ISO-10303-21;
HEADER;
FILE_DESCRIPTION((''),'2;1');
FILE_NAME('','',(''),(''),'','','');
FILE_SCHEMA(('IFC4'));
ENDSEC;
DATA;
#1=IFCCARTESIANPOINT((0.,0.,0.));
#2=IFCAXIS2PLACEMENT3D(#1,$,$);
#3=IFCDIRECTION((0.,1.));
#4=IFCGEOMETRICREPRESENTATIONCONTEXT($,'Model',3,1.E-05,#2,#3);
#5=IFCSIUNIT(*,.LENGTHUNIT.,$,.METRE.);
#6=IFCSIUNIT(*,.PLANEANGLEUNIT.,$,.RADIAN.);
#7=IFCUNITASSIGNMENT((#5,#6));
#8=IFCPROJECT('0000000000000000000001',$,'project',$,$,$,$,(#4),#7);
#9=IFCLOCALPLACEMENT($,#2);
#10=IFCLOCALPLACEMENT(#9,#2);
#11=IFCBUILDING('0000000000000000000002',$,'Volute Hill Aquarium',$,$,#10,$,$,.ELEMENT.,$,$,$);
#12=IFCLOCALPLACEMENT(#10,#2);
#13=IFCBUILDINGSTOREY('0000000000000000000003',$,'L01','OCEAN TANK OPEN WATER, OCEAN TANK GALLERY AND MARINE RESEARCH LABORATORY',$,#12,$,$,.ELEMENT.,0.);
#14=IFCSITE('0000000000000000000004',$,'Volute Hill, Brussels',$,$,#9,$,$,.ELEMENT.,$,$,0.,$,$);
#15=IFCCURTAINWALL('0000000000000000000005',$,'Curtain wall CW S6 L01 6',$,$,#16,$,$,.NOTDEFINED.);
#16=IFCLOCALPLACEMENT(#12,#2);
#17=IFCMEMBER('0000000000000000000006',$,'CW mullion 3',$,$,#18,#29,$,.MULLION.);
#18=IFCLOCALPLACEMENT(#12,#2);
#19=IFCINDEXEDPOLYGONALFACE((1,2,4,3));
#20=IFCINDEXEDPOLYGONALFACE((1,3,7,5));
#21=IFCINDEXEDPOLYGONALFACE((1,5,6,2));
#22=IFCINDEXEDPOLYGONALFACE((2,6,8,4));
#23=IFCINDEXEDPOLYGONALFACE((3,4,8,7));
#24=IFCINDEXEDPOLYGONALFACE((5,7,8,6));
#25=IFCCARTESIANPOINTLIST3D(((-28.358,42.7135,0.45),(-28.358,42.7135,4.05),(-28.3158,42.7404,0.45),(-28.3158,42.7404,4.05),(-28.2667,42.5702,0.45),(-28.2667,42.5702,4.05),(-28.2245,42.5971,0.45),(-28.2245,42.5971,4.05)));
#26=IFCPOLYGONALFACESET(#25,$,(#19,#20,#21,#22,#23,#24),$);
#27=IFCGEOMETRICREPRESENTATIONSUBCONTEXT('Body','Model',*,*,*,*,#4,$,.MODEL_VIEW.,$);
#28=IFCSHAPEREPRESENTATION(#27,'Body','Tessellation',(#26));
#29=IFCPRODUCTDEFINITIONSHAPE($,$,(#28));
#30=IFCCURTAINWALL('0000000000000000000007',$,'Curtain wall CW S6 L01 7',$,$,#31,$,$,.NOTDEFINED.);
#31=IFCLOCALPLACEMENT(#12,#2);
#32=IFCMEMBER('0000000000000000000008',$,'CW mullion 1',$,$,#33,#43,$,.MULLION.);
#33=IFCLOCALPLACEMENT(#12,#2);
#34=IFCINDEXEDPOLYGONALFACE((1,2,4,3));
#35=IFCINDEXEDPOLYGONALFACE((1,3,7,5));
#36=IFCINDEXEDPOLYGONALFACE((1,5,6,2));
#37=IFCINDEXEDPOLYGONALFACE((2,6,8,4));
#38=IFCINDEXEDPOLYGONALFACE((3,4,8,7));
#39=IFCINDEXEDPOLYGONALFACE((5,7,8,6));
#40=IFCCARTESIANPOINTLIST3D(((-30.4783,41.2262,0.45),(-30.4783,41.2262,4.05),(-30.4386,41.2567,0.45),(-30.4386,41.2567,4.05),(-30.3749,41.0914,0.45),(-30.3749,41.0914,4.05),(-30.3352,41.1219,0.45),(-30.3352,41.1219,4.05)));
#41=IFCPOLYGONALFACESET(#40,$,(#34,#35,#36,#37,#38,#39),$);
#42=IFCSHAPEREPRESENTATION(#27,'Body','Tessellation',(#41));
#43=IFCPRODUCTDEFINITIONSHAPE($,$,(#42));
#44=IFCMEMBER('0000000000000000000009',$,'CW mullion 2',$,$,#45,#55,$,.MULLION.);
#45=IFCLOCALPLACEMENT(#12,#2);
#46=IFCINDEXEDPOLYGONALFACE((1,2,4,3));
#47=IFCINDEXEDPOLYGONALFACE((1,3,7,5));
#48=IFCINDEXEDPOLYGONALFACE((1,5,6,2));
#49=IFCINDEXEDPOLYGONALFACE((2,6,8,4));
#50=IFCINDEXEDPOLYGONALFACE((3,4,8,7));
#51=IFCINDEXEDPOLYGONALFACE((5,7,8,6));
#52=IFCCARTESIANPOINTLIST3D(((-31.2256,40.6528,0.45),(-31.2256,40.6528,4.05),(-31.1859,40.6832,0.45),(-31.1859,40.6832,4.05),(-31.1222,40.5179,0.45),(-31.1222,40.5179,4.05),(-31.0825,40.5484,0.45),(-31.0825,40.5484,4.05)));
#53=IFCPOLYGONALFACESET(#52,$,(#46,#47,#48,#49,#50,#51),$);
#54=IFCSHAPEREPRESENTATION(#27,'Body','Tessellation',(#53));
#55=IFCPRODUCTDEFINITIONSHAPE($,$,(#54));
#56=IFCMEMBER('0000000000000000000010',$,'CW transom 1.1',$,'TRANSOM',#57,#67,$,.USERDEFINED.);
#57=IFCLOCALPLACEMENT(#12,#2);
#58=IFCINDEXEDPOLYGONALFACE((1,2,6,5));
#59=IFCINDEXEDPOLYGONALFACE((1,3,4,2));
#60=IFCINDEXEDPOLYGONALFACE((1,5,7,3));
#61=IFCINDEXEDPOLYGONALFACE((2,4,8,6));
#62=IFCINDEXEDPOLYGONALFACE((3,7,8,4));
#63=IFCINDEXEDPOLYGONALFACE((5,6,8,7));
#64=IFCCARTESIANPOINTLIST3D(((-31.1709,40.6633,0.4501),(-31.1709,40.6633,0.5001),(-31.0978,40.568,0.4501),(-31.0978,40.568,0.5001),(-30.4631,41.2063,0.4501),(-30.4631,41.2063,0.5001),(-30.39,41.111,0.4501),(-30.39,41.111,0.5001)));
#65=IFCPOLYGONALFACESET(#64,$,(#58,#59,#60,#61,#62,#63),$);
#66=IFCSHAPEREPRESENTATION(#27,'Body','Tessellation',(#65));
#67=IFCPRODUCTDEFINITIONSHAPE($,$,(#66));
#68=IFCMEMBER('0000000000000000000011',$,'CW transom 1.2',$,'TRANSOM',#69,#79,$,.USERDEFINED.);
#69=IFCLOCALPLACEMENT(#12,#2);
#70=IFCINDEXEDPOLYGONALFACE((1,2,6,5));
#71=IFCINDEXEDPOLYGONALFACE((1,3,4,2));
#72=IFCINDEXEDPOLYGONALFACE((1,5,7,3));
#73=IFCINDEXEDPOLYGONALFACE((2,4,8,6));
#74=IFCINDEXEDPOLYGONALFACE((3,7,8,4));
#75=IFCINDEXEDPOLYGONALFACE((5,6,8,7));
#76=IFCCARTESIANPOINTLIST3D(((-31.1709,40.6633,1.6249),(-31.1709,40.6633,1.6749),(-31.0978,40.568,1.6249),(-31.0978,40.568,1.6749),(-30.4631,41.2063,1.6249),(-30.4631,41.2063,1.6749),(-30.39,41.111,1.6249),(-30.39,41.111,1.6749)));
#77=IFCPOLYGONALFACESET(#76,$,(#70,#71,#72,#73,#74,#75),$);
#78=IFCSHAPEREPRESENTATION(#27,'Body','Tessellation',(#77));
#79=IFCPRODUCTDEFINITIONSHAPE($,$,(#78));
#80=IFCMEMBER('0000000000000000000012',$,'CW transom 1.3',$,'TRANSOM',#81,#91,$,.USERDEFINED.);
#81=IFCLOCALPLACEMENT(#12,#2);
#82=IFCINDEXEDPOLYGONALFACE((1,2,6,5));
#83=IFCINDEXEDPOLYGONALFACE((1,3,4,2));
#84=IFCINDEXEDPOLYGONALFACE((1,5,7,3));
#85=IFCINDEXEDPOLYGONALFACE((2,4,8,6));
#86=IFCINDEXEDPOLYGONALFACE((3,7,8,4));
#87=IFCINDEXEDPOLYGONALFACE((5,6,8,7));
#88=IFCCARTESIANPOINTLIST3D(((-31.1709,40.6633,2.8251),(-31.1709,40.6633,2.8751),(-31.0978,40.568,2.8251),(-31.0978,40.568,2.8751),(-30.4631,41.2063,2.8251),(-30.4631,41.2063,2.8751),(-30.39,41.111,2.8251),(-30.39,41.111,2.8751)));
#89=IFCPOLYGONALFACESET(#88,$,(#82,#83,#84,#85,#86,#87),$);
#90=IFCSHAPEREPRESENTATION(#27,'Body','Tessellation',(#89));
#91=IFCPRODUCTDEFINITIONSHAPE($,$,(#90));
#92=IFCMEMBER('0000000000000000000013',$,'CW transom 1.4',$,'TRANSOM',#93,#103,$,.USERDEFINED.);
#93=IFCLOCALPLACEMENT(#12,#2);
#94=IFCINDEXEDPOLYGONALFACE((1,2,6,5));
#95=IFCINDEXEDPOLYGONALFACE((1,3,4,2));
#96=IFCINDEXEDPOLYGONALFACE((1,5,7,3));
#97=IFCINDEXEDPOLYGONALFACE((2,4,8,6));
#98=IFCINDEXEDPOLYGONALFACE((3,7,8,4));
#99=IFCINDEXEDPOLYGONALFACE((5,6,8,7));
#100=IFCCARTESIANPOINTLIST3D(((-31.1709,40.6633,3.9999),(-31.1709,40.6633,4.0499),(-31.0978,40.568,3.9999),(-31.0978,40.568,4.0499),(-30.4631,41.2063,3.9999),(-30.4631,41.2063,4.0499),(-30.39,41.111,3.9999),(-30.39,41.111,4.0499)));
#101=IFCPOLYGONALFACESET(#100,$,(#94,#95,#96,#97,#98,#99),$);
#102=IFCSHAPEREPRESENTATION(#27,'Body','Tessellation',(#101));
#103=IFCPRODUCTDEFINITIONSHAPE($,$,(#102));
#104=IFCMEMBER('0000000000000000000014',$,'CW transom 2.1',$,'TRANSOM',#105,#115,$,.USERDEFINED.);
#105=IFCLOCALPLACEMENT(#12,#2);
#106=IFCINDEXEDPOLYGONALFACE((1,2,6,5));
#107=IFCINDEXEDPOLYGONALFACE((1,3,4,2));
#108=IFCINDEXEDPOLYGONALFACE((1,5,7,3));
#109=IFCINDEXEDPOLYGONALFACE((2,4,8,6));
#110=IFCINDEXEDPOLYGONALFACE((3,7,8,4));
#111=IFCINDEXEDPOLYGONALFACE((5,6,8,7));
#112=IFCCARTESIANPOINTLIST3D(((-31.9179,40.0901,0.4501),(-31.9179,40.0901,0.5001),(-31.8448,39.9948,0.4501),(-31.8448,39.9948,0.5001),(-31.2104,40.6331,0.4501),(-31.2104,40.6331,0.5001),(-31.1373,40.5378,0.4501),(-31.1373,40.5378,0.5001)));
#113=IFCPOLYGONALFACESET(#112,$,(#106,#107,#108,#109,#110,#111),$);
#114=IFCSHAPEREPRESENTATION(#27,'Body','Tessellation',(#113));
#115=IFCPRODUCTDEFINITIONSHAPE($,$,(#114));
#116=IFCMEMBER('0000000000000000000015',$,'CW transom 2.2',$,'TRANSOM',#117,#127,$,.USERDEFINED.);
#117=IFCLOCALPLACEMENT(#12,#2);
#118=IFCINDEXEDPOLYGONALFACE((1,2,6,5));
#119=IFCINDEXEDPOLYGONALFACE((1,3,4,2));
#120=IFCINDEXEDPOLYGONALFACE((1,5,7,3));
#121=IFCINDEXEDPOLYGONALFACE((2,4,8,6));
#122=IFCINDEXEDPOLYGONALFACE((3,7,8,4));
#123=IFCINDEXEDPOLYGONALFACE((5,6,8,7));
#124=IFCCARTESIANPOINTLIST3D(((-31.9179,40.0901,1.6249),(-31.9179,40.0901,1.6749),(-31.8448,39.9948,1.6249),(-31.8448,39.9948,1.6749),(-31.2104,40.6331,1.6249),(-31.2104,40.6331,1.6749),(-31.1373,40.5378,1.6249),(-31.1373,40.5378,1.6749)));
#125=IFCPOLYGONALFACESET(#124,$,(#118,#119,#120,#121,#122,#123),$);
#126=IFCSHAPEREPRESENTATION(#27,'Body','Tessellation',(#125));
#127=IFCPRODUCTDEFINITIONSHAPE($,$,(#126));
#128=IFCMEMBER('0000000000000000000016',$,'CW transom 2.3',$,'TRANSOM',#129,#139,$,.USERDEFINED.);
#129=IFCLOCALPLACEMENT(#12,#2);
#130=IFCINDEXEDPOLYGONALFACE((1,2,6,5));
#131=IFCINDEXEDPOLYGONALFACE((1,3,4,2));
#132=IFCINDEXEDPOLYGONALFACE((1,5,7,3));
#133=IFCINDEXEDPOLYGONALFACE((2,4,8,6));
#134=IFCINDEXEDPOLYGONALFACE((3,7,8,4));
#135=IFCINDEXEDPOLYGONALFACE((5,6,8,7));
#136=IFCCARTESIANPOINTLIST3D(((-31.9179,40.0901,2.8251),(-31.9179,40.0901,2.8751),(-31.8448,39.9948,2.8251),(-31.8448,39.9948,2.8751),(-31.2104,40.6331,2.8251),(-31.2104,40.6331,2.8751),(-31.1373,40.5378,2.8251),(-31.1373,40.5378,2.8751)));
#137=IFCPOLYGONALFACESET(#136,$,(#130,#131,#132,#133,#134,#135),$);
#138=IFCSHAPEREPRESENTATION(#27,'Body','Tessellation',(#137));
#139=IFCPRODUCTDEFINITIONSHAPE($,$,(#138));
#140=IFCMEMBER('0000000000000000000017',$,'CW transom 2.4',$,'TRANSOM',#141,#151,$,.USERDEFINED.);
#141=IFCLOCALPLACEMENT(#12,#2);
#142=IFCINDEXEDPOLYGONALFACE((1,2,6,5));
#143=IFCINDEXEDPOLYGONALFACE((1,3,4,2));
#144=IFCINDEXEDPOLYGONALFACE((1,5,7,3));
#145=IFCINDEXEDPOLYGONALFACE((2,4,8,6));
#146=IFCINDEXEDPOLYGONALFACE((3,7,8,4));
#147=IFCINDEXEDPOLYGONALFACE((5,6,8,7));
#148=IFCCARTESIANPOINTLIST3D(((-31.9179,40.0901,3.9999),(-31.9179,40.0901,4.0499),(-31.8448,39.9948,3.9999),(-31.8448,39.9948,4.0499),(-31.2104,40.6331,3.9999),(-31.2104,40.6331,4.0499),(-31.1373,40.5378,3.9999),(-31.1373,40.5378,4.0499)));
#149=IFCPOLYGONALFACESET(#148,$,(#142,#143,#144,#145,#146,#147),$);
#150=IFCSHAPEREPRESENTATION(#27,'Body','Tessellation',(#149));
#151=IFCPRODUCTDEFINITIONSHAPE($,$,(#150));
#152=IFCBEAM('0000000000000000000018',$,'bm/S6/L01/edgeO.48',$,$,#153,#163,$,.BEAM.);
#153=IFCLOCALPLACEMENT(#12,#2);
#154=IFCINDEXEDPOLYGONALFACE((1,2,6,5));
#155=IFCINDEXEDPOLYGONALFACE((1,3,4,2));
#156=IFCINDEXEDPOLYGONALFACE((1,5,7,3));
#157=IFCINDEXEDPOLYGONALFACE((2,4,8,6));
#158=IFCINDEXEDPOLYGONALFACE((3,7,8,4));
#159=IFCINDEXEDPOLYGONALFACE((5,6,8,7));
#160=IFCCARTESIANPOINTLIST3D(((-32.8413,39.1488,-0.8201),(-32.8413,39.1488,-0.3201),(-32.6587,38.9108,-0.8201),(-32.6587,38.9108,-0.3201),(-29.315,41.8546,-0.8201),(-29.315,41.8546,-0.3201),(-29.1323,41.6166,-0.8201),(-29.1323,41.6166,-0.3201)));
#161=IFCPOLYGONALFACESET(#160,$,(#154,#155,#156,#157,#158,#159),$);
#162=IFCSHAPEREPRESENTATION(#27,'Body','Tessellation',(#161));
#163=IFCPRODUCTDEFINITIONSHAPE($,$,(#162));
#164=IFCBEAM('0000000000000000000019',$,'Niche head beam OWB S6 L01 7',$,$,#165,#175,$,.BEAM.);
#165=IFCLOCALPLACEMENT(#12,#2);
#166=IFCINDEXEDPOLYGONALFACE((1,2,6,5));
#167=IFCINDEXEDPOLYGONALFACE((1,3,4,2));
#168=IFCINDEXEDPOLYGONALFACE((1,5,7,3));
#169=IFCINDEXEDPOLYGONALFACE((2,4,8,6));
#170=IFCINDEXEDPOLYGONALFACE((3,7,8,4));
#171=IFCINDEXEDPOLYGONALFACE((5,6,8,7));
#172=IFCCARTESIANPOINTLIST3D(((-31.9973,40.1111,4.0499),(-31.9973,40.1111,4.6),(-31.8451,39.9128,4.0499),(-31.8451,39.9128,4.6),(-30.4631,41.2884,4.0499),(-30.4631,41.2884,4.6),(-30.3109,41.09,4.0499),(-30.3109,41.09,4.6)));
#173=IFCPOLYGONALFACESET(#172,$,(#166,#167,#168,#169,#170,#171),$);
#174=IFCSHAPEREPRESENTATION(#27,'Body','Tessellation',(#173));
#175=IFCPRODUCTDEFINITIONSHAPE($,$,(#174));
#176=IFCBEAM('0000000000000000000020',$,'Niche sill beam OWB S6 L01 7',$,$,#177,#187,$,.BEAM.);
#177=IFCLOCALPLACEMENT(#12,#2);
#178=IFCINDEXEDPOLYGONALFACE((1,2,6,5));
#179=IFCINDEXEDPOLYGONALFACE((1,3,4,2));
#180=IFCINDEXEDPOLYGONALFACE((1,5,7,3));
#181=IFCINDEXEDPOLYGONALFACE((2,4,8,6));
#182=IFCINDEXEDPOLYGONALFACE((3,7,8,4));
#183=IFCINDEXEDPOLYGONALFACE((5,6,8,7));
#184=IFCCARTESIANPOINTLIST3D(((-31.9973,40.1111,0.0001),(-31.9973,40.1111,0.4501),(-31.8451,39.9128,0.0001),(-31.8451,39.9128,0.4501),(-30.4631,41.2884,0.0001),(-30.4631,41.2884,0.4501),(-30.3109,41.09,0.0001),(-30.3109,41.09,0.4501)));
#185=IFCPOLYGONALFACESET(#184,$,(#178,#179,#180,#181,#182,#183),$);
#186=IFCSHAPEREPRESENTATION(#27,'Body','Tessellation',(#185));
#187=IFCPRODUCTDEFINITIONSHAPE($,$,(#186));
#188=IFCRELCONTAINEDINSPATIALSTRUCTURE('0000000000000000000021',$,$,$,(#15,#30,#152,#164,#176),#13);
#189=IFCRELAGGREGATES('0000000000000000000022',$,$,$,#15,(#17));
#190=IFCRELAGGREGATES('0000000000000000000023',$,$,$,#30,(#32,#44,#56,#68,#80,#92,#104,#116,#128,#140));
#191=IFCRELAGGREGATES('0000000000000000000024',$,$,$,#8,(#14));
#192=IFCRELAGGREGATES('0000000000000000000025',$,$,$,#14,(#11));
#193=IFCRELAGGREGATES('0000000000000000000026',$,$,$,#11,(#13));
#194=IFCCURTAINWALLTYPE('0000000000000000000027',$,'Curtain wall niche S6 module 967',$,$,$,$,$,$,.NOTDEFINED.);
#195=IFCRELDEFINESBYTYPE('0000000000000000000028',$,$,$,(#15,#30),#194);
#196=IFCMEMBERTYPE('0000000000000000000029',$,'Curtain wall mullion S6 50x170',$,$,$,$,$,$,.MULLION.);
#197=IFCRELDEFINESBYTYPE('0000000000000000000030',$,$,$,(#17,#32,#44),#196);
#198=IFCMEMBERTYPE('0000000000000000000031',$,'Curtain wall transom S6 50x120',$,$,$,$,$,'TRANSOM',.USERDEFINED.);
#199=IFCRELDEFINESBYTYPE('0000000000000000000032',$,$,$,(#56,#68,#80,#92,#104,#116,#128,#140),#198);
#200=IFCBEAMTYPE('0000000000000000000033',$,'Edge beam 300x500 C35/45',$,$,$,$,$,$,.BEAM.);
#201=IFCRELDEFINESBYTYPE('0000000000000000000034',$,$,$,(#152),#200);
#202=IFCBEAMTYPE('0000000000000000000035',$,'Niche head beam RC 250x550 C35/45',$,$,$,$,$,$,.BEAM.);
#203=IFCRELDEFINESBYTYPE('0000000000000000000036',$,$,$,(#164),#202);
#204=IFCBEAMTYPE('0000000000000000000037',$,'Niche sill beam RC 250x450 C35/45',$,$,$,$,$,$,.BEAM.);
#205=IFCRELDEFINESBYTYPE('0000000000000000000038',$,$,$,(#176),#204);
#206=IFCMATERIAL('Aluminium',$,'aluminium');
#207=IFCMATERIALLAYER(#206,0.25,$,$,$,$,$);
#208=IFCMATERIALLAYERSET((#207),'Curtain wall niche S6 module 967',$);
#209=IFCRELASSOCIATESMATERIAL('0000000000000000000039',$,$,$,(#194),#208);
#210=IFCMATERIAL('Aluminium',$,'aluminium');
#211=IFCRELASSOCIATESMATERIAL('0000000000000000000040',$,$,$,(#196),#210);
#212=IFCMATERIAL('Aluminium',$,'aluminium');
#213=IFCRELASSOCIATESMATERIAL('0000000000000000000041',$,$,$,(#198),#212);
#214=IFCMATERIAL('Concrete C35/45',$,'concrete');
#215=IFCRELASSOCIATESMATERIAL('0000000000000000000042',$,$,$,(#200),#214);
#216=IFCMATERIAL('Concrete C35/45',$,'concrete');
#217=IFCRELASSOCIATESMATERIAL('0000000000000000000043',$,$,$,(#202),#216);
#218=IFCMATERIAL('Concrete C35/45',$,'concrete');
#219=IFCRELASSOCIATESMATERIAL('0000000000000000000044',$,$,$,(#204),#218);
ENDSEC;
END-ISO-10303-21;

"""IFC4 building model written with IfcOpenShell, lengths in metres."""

from ifc_helpers import new_model, si_unit, direction, frame, origin, origin_2d, place, context, subcontext, project, spatial, rectangle, extrude, material, layer, layer_set, material_profile, profile_set, type_object, element, aggregate, save


model = new_model("IFC4")

# Units and contexts
model_context = context("Model", 3, precision=1e-05, world=origin(), true_north=direction((0.0, 1.0)))
body_context = subcontext(model_context, "Body", "Model", "MODEL_VIEW")
ifc_project = project(units=[si_unit("LENGTHUNIT", "METRE"), si_unit("PLANEANGLEUNIT", "RADIAN")], contexts=[model_context])

# Site, building, storey
site_placement = place(None, origin())
site = spatial("IfcSite", under=ifc_project, at=site_placement, Name="Volute Hill, Brussels", CompositionType="ELEMENT", RefElevation=0.0)
building_placement = place(site_placement, origin())
building = spatial("IfcBuilding", under=site, at=building_placement, Name="Volute Hill Aquarium", CompositionType="ELEMENT")
storey_placement = place(building_placement, origin())
storey = spatial("IfcBuildingStorey", under=building, at=storey_placement, Name="L01", Description="OCEAN TANK OPEN WATER, OCEAN TANK GALLERY AND MARINE RESEARCH LABORATORY", CompositionType="ELEMENT", Elevation=0.0)

# Curtain wall, member
ifc_material_1 = material(Name="Aluminium", Category="aluminium")
ifc_layer_1 = layer(ifc_material_1, 0.25)
ifc_layer_set_1 = layer_set([ifc_layer_1], Name="Curtain wall niche S6 module 967")
curtain_wall_type = type_object("IfcCurtainWallType", Name="Curtain wall niche S6 module 967", PredefinedType="NOTDEFINED", material=ifc_layer_set_1)
curtain_wall_1_placement = place(storey_placement, origin())
curtain_wall_1 = element("IfcCurtainWall", 1, at=curtain_wall_1_placement, inside=storey, type_object=curtain_wall_type, Name="Curtain wall CW S6 L01 6", PredefinedType="NOTDEFINED")
ifc_material_2 = material(Name="Aluminium", Category="aluminium")
ifc_material_profile_1 = material_profile(ifc_material_2, rectangle(XDim=0.1699, YDim=0.05, at=origin_2d()), Name="Curtain wall mullion S6 50x170")
ifc_profile_set_1 = profile_set([ifc_material_profile_1], Name="Aluminium")
member_type_1 = type_object("IfcMemberType", Name="Curtain wall mullion S6 50x170", PredefinedType="MULLION", material=ifc_profile_set_1)
member_1_placement = place(storey_placement, frame((-28.2913, 42.6553, 0.45), z_axis=(0.0, 0.0, 1.0), x_axis=(0.537295, -0.843395, 0.0)))
member_1 = element("IfcMember", 2, at=member_1_placement, type_object=member_type_1, Name="CW mullion 3", PredefinedType="MULLION", context=body_context, shape_type="SweptSolid", body=[
    extrude(rectangle(XDim=0.1699, YDim=0.05, at=origin_2d()), origin(), (0.0, 0.0, 1.0), 3.6001),
])
aggregate(curtain_wall_1, [member_1])

# Curtain wall, members
curtain_wall_2_placement = place(storey_placement, origin())
curtain_wall_2 = element("IfcCurtainWall", 3, at=curtain_wall_2_placement, inside=storey, type_object=curtain_wall_type, Name="Curtain wall CW S6 L01 7", PredefinedType="NOTDEFINED")
member_2_placement = place(storey_placement, frame((-30.4067, 41.1741, 0.45), z_axis=(0.0, 0.0, 1.0), x_axis=(0.608769, -0.793348, 0.0)))
member_2 = element("IfcMember", 4, at=member_2_placement, type_object=member_type_1, Name="CW mullion 1", PredefinedType="MULLION", context=body_context, shape_type="SweptSolid", body=[
    extrude(rectangle(XDim=0.1699, YDim=0.05, at=origin_2d()), origin(), (0.0, 0.0, 1.0), 3.6001),
])
member_3_placement = place(storey_placement, frame((-31.1541, 40.6006, 0.45), z_axis=(0.0, 0.0, 1.0), x_axis=(0.608769, -0.793348, 0.0)))
member_3 = element("IfcMember", 5, at=member_3_placement, type_object=member_type_1, Name="CW mullion 2", PredefinedType="MULLION", context=body_context, shape_type="SweptSolid", body=[
    extrude(rectangle(XDim=0.1699, YDim=0.05, at=origin_2d()), origin(), (0.0, 0.0, 1.0), 3.6001),
])
ifc_material_3 = material(Name="Aluminium", Category="aluminium")
ifc_material_profile_2 = material_profile(ifc_material_3, rectangle(XDim=0.1201, YDim=0.05, at=origin_2d()), Name="Curtain wall transom S6 50x120")
ifc_profile_set_2 = profile_set([ifc_material_profile_2], Name="Aluminium")
member_type_2 = type_object("IfcMemberType", Name="Curtain wall transom S6 50x120", ElementType="TRANSOM", PredefinedType="USERDEFINED", material=ifc_profile_set_2)
member_4_placement = place(storey_placement, frame((-30.4265, 41.1587, 0.4751), z_axis=(-0.793417, -0.608679, 0.0), x_axis=(0.608679, -0.793417, 0.0)))
member_4 = element("IfcMember", 6, at=member_4_placement, type_object=member_type_2, Name="CW transom 1.1", ObjectType="TRANSOM", PredefinedType="USERDEFINED", context=body_context, shape_type="SweptSolid", body=[
    extrude(rectangle(XDim=0.1201, YDim=0.05, at=origin_2d()), origin(), (0.0, 0.0, 1.0), 0.8921),
])
member_5_placement = place(storey_placement, frame((-30.4265, 41.1587, 1.6499), z_axis=(-0.793417, -0.608679, 0.0), x_axis=(0.608679, -0.793417, 0.0)))
member_5 = element("IfcMember", 7, at=member_5_placement, type_object=member_type_2, Name="CW transom 1.2", ObjectType="TRANSOM", PredefinedType="USERDEFINED", context=body_context, shape_type="SweptSolid", body=[
    extrude(rectangle(XDim=0.1201, YDim=0.05, at=origin_2d()), origin(), (0.0, 0.0, 1.0), 0.8921),
])
member_6_placement = place(storey_placement, frame((-30.4265, 41.1587, 2.8501), z_axis=(-0.793417, -0.608679, 0.0), x_axis=(0.608679, -0.793417, 0.0)))
member_6 = element("IfcMember", 8, at=member_6_placement, type_object=member_type_2, Name="CW transom 1.3", ObjectType="TRANSOM", PredefinedType="USERDEFINED", context=body_context, shape_type="SweptSolid", body=[
    extrude(rectangle(XDim=0.1201, YDim=0.05, at=origin_2d()), origin(), (0.0, 0.0, 1.0), 0.8921),
])
member_7_placement = place(storey_placement, frame((-30.4265, 41.1587, 4.0249), z_axis=(-0.793417, -0.608679, 0.0), x_axis=(0.608679, -0.793417, 0.0)))
member_7 = element("IfcMember", 9, at=member_7_placement, type_object=member_type_2, Name="CW transom 1.4", ObjectType="TRANSOM", PredefinedType="USERDEFINED", context=body_context, shape_type="SweptSolid", body=[
    extrude(rectangle(XDim=0.1201, YDim=0.05, at=origin_2d()), origin(), (0.0, 0.0, 1.0), 0.8921),
])
member_8_placement = place(storey_placement, frame((-31.1738, 40.5854, 0.4751), z_axis=(-0.793315, -0.608811, 0.0), x_axis=(0.608811, -0.793315, 0.0)))
member_8 = element("IfcMember", 10, at=member_8_placement, type_object=member_type_2, Name="CW transom 2.1", ObjectType="TRANSOM", PredefinedType="USERDEFINED", context=body_context, shape_type="SweptSolid", body=[
    extrude(rectangle(XDim=0.1201, YDim=0.05, at=origin_2d()), origin(), (0.0, 0.0, 1.0), 0.8918),
])
member_9_placement = place(storey_placement, frame((-31.1738, 40.5854, 1.6499), z_axis=(-0.793315, -0.608811, 0.0), x_axis=(0.608811, -0.793315, 0.0)))
member_9 = element("IfcMember", 11, at=member_9_placement, type_object=member_type_2, Name="CW transom 2.2", ObjectType="TRANSOM", PredefinedType="USERDEFINED", context=body_context, shape_type="SweptSolid", body=[
    extrude(rectangle(XDim=0.1201, YDim=0.05, at=origin_2d()), origin(), (0.0, 0.0, 1.0), 0.8918),
])
member_10_placement = place(storey_placement, frame((-31.1738, 40.5854, 2.8501), z_axis=(-0.793315, -0.608811, 0.0), x_axis=(0.608811, -0.793315, 0.0)))
member_10 = element("IfcMember", 12, at=member_10_placement, type_object=member_type_2, Name="CW transom 2.3", ObjectType="TRANSOM", PredefinedType="USERDEFINED", context=body_context, shape_type="SweptSolid", body=[
    extrude(rectangle(XDim=0.1201, YDim=0.05, at=origin_2d()), origin(), (0.0, 0.0, 1.0), 0.8918),
])
member_11_placement = place(storey_placement, frame((-31.1738, 40.5854, 4.0249), z_axis=(-0.793315, -0.608811, 0.0), x_axis=(0.608811, -0.793315, 0.0)))
member_11 = element("IfcMember", 13, at=member_11_placement, type_object=member_type_2, Name="CW transom 2.4", ObjectType="TRANSOM", PredefinedType="USERDEFINED", context=body_context, shape_type="SweptSolid", body=[
    extrude(rectangle(XDim=0.1201, YDim=0.05, at=origin_2d()), origin(), (0.0, 0.0, 1.0), 0.8918),
])

# Beams
ifc_material_4 = material(Name="Concrete C35/45", Category="concrete")
ifc_material_profile_3 = material_profile(ifc_material_4, rectangle(XDim=0.3, YDim=0.5, at=origin_2d()), Name="RC edge beam 300x500")
ifc_profile_set_3 = profile_set([ifc_material_profile_3], Name="Concrete C35/45")
beam_type_1 = type_object("IfcBeamType", Name="Edge beam 300x500 C35/45", PredefinedType="BEAM", material=ifc_profile_set_3)
beam_1_placement = place(storey_placement, frame((-29.2236, 41.7356, -0.5701), z_axis=(-0.793361, -0.608752, 0.0), x_axis=(0.608752, -0.793361, 0.0)))
element("IfcBeam", 14, at=beam_1_placement, inside=storey, type_object=beam_type_1, Name="bm/S6/L01/edgeO.48", PredefinedType="BEAM", context=body_context, shape_type="SweptSolid", body=[
    extrude(rectangle(XDim=0.3, YDim=0.5, at=origin_2d()), origin(), (0.0, 0.0, 1.0), 4.4448),
])
ifc_material_5 = material(Name="Concrete C35/45", Category="concrete")
ifc_material_profile_4 = material_profile(ifc_material_5, rectangle(XDim=0.25, YDim=0.55, at=origin_2d()), Name="RC beam 250x550")
ifc_profile_set_4 = profile_set([ifc_material_profile_4], Name="Concrete C35/45")
beam_type_2 = type_object("IfcBeamType", Name="Niche head beam RC 250x550 C35/45", PredefinedType="BEAM", material=ifc_profile_set_4)
beam_2_placement = place(storey_placement, frame((-30.387, 41.1892, 4.325), z_axis=(-0.793346, -0.608771, 0.0), x_axis=(0.608771, -0.793346, 0.0)))
element("IfcBeam", 15, at=beam_2_placement, inside=storey, type_object=beam_type_2, Name="Niche head beam OWB S6 L01 7", PredefinedType="BEAM", context=body_context, shape_type="SweptSolid", body=[
    extrude(rectangle(XDim=0.25, YDim=0.55, at=origin_2d()), origin(), (0.0, 0.0, 1.0), 1.9338),
])
ifc_material_6 = material(Name="Concrete C35/45", Category="concrete")
ifc_material_profile_5 = material_profile(ifc_material_6, rectangle(XDim=0.25, YDim=0.45, at=origin_2d()), Name="RC beam 250x450")
ifc_profile_set_5 = profile_set([ifc_material_profile_5], Name="Concrete C35/45")
beam_type_3 = type_object("IfcBeamType", Name="Niche sill beam RC 250x450 C35/45", PredefinedType="BEAM", material=ifc_profile_set_5)
beam_3_placement = place(storey_placement, frame((-30.387, 41.1892, 0.2251), z_axis=(-0.793346, -0.608771, 0.0), x_axis=(0.608771, -0.793346, 0.0)))
element("IfcBeam", 16, at=beam_3_placement, inside=storey, type_object=beam_type_3, Name="Niche sill beam OWB S6 L01 7", PredefinedType="BEAM", context=body_context, shape_type="SweptSolid", body=[
    extrude(rectangle(XDim=0.25, YDim=0.45, at=origin_2d()), origin(), (0.0, 0.0, 1.0), 1.9338),
])

aggregate(curtain_wall_2, [member_2, member_3, member_4, member_5, member_6, member_7, member_8, member_9, member_10, member_11])

save(model, "model.ifc")
